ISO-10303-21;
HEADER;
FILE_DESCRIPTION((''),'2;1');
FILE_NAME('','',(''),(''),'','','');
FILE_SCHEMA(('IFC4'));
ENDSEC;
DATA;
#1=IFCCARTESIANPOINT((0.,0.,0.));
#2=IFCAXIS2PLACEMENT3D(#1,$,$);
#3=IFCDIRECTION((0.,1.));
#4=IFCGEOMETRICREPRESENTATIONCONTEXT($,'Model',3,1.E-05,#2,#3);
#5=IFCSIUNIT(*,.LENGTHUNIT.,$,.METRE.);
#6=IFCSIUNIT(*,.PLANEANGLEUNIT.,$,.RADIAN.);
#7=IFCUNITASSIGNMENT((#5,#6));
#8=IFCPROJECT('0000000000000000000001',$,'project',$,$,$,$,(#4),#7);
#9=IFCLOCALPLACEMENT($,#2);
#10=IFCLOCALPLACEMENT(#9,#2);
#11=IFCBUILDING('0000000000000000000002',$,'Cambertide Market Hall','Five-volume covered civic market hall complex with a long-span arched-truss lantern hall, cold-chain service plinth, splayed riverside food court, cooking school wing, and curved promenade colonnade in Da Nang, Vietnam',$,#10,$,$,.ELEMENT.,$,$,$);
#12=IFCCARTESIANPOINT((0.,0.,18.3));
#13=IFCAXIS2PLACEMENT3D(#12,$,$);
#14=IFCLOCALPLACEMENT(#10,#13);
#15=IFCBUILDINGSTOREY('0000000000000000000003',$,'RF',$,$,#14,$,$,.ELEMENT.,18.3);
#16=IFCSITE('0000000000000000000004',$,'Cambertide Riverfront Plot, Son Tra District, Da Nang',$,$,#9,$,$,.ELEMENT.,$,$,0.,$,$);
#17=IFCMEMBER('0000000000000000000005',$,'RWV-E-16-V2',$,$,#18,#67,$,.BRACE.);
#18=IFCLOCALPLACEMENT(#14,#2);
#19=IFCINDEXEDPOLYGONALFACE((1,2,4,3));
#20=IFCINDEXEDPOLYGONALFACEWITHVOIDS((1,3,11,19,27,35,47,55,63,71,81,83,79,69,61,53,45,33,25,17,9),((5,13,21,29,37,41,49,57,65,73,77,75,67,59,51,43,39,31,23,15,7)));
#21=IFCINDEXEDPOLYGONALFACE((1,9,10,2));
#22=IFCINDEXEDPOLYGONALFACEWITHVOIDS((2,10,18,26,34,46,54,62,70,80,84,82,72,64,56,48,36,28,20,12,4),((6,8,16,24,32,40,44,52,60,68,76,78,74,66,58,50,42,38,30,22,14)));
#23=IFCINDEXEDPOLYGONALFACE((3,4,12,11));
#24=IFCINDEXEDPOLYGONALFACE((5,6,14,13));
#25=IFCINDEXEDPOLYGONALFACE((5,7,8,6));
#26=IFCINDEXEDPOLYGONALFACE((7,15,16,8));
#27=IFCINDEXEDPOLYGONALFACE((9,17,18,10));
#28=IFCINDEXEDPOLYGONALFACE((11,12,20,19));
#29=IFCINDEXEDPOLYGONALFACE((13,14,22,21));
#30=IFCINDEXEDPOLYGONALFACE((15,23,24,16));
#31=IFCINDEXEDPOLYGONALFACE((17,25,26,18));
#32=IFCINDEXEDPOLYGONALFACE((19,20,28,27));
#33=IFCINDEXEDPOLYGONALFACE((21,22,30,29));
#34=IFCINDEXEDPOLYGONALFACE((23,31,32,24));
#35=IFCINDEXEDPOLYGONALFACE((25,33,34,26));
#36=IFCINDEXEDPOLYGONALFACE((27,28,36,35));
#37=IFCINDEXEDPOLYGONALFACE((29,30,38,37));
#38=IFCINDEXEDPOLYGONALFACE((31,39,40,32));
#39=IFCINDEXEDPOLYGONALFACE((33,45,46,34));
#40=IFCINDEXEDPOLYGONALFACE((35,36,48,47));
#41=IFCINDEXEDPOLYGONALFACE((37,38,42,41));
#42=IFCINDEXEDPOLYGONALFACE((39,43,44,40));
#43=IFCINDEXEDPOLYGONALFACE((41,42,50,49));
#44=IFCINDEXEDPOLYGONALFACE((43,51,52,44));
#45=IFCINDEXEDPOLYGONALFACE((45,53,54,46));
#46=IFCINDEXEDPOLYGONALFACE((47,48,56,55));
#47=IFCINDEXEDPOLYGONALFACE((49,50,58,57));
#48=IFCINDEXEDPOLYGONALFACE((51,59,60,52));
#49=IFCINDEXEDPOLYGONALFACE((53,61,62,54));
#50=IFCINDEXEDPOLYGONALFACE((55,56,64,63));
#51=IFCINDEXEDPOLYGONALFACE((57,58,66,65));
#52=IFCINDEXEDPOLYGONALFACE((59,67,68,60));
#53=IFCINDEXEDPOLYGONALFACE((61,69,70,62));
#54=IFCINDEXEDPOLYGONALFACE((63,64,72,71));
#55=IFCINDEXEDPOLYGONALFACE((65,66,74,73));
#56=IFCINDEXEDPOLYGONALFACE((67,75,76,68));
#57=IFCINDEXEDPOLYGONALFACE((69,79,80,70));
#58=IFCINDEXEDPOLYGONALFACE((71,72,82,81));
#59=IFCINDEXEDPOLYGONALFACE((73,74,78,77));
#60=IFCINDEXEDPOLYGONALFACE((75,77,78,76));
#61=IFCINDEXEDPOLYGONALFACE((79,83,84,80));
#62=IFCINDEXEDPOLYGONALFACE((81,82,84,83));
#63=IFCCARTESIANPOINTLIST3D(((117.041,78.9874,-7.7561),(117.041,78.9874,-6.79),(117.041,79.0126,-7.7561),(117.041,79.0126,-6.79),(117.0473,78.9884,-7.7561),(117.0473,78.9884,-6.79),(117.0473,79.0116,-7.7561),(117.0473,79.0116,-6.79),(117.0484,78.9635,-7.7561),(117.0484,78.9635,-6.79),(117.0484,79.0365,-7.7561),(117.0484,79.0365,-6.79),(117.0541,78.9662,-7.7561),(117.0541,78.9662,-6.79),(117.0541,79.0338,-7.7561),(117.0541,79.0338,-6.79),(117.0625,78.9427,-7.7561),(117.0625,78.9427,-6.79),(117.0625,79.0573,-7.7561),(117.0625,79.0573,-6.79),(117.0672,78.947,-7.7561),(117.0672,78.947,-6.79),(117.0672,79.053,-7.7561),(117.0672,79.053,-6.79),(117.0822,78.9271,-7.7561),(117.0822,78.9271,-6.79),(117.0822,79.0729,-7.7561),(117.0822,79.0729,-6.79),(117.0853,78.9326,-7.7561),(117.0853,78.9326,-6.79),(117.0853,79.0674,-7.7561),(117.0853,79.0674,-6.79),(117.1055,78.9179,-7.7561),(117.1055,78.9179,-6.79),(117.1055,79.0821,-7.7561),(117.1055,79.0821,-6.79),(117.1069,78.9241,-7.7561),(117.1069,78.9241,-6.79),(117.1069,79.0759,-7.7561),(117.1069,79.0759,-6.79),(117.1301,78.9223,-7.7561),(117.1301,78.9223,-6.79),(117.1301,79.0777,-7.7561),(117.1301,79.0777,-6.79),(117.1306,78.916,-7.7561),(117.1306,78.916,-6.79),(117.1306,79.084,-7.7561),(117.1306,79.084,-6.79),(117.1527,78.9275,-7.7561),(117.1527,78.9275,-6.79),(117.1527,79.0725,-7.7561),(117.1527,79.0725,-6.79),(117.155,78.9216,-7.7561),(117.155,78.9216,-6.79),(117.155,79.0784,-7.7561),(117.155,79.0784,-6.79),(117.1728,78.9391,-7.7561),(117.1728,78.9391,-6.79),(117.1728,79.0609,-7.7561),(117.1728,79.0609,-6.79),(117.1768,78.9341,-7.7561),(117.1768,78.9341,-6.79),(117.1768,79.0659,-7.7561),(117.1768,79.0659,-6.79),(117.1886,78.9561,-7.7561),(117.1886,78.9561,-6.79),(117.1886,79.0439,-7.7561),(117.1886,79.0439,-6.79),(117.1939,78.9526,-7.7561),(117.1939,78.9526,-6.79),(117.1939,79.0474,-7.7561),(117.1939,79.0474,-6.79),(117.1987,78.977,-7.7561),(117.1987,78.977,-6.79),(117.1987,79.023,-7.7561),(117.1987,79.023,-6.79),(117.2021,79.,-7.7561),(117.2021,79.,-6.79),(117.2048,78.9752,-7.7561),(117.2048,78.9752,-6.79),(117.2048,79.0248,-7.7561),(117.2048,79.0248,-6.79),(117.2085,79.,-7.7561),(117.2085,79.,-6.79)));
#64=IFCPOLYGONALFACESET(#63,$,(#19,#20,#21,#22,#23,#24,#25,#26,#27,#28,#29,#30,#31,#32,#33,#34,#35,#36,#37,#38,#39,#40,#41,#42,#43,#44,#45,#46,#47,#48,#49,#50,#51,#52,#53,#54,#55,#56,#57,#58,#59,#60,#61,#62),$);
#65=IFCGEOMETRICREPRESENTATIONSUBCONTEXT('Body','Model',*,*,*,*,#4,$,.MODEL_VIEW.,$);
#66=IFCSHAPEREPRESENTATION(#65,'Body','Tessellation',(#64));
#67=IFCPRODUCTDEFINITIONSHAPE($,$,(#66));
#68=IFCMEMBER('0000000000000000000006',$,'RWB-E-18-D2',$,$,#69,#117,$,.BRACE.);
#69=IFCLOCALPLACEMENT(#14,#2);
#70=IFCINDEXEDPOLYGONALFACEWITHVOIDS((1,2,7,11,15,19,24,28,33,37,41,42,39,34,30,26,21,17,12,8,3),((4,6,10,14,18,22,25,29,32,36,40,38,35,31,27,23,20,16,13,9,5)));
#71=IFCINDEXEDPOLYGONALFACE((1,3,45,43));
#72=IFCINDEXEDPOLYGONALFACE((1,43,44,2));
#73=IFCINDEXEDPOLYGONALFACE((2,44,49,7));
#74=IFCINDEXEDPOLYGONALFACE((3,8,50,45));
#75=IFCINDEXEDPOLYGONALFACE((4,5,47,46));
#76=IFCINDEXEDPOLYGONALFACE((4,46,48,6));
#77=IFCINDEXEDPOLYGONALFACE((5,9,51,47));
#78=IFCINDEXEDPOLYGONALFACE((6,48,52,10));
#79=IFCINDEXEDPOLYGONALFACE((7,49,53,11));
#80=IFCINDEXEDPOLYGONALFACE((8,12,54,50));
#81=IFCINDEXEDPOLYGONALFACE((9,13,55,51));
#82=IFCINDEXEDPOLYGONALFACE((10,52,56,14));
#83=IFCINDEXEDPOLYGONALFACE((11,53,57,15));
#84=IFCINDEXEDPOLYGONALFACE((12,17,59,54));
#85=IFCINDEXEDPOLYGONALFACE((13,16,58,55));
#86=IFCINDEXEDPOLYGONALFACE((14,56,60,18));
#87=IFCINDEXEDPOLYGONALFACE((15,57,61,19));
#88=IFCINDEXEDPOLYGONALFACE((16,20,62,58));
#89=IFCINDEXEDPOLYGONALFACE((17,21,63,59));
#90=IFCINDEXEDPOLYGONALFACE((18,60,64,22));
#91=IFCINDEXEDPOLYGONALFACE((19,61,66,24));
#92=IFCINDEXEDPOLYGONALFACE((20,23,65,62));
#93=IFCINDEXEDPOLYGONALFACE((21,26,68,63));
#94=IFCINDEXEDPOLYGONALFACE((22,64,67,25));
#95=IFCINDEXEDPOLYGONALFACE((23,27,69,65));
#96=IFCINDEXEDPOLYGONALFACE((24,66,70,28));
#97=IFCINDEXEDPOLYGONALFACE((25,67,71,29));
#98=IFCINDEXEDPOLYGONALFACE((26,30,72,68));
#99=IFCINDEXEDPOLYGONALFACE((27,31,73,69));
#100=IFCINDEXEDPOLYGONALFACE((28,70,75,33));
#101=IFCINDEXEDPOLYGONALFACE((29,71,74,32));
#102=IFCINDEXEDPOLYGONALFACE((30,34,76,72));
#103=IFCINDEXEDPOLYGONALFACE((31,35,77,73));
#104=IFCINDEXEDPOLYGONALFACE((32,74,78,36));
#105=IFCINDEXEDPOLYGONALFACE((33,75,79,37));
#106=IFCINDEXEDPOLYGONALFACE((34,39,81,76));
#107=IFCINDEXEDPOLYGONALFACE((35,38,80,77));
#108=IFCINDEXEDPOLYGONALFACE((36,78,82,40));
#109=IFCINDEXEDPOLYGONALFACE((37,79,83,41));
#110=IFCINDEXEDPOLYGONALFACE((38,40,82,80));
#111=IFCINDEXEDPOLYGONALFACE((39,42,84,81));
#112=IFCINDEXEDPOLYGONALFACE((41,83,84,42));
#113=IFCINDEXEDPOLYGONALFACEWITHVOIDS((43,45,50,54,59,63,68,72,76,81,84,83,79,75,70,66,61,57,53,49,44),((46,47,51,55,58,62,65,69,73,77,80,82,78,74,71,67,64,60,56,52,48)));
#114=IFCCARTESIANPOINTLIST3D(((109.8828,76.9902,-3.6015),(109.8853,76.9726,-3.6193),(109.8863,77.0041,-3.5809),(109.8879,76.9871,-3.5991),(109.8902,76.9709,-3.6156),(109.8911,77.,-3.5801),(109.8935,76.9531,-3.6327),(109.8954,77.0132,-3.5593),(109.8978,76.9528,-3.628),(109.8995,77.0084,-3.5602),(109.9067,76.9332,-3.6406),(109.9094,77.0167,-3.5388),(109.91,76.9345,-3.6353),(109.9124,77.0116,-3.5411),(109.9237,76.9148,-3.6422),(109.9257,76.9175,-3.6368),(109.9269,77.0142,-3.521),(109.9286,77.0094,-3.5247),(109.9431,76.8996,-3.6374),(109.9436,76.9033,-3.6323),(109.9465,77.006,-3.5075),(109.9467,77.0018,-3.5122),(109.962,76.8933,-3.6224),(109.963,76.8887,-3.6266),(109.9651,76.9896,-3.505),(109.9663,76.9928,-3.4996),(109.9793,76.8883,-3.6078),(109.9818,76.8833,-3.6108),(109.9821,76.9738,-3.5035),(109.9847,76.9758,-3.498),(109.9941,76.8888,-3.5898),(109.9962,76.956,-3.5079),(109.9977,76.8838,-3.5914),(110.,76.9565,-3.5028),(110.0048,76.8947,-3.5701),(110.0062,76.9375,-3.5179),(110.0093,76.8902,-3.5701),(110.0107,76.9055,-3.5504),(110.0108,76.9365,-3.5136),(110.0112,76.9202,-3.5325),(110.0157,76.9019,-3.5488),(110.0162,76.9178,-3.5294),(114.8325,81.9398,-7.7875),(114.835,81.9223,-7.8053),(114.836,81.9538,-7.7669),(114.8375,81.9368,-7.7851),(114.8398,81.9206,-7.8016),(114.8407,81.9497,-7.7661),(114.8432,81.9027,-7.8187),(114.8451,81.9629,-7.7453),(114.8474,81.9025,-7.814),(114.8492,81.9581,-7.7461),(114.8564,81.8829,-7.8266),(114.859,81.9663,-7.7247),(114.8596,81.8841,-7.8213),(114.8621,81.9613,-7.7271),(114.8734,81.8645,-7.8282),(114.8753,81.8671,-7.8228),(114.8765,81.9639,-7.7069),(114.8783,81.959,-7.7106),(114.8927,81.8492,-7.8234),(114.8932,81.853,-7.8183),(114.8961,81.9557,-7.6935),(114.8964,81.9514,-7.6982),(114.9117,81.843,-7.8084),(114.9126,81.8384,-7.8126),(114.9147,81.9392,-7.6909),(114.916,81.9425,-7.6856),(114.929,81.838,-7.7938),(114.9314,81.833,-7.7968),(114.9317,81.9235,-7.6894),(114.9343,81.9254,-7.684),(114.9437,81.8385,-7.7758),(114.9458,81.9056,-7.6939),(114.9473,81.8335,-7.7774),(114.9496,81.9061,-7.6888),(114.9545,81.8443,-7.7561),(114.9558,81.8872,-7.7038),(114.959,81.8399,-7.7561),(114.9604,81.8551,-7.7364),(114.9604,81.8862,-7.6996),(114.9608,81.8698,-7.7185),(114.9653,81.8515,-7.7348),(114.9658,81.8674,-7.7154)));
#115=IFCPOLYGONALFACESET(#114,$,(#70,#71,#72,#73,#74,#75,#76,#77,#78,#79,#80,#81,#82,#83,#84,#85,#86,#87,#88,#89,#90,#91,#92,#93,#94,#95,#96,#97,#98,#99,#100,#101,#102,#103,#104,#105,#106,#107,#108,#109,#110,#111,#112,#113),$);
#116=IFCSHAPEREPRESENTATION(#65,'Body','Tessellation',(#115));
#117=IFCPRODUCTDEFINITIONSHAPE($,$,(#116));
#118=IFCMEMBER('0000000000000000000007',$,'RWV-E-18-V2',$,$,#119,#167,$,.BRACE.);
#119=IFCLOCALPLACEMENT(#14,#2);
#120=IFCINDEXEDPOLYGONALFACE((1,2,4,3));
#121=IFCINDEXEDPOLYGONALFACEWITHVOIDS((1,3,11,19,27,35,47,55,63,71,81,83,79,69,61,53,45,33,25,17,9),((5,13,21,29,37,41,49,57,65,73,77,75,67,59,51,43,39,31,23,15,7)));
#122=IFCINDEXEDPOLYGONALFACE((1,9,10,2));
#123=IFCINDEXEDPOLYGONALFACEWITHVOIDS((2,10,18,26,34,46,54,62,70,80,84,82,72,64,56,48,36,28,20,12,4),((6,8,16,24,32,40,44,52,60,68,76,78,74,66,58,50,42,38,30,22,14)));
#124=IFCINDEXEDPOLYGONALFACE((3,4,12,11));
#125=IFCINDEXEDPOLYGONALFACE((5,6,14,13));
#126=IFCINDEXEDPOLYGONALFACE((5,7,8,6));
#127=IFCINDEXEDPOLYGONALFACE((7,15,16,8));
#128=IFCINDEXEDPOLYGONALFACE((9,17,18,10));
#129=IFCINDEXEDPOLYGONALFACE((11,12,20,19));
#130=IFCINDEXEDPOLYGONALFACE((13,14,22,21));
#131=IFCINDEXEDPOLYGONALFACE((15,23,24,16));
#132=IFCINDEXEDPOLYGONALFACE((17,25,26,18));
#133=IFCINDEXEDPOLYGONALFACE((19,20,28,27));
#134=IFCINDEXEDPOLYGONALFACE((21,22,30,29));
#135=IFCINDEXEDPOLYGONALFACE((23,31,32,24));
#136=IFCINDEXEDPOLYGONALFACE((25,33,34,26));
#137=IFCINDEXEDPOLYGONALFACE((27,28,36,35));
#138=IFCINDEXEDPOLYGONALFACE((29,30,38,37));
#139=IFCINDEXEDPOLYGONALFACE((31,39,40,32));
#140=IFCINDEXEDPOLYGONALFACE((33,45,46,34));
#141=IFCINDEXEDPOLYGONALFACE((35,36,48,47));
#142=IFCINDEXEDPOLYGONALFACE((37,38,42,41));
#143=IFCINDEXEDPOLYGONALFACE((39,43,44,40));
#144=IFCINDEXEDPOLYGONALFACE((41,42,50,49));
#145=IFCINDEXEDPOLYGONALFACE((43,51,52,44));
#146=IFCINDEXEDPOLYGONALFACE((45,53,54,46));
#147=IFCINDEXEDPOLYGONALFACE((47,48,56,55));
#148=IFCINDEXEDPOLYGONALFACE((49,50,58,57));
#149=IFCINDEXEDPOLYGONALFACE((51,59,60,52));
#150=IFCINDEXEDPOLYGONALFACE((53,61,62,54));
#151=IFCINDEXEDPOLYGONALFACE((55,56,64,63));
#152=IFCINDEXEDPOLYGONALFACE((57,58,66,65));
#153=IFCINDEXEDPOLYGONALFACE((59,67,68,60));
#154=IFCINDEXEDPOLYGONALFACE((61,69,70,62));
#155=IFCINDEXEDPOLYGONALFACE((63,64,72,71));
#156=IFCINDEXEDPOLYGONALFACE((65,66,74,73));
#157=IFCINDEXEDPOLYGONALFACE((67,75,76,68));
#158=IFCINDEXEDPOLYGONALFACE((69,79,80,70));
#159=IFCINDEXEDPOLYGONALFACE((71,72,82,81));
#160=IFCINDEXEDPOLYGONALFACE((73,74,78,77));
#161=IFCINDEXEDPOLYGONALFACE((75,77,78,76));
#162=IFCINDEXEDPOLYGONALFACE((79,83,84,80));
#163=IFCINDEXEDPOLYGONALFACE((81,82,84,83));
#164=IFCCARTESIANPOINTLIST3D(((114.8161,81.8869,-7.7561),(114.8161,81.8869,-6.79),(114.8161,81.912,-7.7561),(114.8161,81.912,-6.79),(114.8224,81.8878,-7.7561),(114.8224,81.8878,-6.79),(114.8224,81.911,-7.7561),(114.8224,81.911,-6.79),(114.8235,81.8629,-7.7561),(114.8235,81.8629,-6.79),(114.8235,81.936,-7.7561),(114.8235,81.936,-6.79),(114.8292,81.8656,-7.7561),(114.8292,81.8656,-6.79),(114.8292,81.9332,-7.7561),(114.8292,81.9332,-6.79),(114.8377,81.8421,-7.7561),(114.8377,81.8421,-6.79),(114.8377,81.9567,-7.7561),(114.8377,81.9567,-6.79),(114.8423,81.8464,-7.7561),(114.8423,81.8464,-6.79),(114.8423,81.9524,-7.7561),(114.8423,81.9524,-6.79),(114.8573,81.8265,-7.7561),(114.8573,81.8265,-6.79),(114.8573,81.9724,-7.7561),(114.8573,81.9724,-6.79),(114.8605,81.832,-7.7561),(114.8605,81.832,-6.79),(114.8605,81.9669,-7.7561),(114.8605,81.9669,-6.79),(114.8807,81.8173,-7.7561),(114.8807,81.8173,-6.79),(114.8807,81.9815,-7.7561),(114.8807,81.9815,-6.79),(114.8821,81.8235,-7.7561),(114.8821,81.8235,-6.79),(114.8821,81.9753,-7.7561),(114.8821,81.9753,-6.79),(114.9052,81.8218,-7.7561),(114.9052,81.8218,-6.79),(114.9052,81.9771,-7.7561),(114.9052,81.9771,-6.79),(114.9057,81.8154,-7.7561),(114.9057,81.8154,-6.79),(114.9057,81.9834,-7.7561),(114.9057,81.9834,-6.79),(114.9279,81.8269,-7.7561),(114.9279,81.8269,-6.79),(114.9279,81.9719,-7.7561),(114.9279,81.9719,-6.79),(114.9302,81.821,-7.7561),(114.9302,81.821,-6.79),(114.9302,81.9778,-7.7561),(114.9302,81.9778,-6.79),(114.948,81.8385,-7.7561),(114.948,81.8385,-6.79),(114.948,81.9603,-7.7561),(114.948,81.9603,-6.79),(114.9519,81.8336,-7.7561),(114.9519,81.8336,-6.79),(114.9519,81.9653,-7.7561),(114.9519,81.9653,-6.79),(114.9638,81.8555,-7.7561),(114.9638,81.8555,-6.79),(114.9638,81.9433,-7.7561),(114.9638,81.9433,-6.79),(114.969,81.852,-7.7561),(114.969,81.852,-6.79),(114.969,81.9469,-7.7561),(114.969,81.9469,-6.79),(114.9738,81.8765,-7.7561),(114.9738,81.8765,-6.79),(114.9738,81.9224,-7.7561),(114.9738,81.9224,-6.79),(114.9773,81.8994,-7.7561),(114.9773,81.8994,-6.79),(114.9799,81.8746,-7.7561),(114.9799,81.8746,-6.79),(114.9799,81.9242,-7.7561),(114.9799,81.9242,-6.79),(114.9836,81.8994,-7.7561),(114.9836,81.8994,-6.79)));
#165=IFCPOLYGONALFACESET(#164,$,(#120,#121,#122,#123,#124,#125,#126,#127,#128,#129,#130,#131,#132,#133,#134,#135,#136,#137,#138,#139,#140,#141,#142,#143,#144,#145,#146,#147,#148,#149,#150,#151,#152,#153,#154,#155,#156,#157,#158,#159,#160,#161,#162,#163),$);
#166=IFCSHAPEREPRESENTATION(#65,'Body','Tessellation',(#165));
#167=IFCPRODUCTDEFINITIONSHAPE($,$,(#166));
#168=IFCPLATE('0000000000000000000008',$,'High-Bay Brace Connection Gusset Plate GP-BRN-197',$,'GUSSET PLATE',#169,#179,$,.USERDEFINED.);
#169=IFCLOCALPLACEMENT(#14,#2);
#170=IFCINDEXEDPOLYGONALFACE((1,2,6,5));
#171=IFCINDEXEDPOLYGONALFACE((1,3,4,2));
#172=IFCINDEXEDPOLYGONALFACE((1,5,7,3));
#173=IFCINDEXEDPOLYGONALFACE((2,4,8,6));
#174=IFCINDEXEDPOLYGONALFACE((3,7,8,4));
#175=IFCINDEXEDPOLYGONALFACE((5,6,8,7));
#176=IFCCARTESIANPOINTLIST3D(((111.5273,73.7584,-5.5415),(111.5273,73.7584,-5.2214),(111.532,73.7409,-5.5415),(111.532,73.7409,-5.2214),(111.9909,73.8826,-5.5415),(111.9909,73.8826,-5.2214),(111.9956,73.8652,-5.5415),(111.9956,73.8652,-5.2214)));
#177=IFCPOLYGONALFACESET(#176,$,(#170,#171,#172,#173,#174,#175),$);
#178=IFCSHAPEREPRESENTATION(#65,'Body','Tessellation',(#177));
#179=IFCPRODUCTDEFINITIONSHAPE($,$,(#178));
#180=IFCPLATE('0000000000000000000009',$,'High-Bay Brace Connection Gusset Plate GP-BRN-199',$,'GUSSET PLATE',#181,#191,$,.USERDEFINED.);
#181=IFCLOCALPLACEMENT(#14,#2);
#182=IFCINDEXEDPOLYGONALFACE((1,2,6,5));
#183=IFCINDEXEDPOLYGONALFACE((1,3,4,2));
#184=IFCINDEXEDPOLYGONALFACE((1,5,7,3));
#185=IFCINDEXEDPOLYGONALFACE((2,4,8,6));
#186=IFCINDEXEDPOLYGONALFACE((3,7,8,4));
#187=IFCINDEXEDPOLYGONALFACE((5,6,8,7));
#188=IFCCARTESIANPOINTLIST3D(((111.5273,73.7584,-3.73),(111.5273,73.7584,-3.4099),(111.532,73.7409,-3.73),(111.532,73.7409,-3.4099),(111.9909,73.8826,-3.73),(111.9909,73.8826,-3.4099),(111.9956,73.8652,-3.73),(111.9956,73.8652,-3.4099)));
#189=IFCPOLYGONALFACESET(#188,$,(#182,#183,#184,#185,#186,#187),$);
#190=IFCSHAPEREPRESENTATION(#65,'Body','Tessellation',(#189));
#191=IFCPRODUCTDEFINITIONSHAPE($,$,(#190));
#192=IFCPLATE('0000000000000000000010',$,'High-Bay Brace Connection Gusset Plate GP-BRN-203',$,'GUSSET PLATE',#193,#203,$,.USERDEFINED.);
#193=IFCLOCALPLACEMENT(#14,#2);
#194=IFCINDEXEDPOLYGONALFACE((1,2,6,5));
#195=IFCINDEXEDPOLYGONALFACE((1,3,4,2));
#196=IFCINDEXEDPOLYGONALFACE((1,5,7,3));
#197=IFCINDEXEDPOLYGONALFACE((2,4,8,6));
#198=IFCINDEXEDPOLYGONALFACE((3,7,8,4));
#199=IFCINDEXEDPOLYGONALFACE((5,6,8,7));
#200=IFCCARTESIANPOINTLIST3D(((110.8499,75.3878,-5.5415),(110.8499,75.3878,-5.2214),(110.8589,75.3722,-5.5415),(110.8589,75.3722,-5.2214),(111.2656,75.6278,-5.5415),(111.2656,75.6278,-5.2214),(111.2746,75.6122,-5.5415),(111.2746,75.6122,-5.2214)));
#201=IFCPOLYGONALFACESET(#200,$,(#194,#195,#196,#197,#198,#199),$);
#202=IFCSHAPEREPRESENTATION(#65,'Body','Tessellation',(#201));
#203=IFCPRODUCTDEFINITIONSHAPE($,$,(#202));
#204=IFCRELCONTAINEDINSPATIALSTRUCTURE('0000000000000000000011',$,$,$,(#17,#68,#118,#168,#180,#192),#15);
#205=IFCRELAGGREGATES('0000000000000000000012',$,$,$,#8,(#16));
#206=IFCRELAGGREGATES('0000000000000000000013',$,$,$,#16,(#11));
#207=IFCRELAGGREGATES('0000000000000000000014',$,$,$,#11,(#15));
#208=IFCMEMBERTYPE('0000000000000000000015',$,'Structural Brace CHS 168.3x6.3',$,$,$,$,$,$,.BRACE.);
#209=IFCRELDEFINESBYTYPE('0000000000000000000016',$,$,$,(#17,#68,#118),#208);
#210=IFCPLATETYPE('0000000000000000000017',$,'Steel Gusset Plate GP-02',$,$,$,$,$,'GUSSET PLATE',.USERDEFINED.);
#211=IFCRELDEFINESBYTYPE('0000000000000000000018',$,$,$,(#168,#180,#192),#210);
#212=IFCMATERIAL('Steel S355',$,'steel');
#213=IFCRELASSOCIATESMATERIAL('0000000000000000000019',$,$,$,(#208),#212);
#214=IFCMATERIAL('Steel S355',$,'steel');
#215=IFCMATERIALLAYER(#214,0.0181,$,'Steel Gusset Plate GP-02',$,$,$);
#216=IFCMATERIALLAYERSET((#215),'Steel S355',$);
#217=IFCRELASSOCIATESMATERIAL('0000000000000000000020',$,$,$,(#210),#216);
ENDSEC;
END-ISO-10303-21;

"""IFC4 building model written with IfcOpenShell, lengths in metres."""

from ifc_helpers import new_model, si_unit, direction, frame, origin, origin_2d, place, context, subcontext, project, spatial, rectangle, hollow_circle, extrude, material, layer, layer_set, material_profile, profile_set, type_object, element, save


model = new_model("IFC4")

# Units and contexts
model_context = context("Model", 3, precision=1e-05, world=origin(), true_north=direction((0.0, 1.0)))
body_context = subcontext(model_context, "Body", "Model", "MODEL_VIEW")
ifc_project = project(units=[si_unit("LENGTHUNIT", "METRE"), si_unit("PLANEANGLEUNIT", "RADIAN")], contexts=[model_context])

# Site, building, storey
site_placement = place(None, origin())
site = spatial("IfcSite", under=ifc_project, at=site_placement, Name="Cambertide Riverfront Plot, Son Tra District, Da Nang", CompositionType="ELEMENT", RefElevation=0.0)
building_placement = place(site_placement, origin())
building = spatial("IfcBuilding", under=site, at=building_placement, Name="Cambertide Market Hall", Description="Five-volume covered civic market hall complex with a long-span arched-truss lantern hall, cold-chain service plinth, splayed riverside food court, cooking school wing, and curved promenade colonnade in Da Nang, Vietnam", CompositionType="ELEMENT")
storey_placement = place(building_placement, frame((0.0, 0.0, 18.3)))
storey = spatial("IfcBuildingStorey", under=building, at=storey_placement, Name="RF", CompositionType="ELEMENT", Elevation=18.3)

# Members
ifc_material_1 = material(Name="Steel S355", Category="steel")
ifc_material_profile_1 = material_profile(ifc_material_1, hollow_circle(Radius=0.0842, WallThickness=0.0063, at=origin_2d()), Name="CHS 168.3x6.3")
ifc_profile_set_1 = profile_set([ifc_material_profile_1], Name="Steel S355")
member_type_1 = type_object("IfcMemberType", Name="Structural Brace CHS 168.3x6.3", PredefinedType="BRACE", material=ifc_profile_set_1)
member_1_placement = place(storey_placement, frame((117.1243, 79.0, -7.7561), z_axis=(0.0, 0.0, 1.0), x_axis=(1.0, 0.0, 0.0)))
element("IfcMember", 1, at=member_1_placement, inside=storey, type_object=member_type_1, Name="RWV-E-16-V2", PredefinedType="BRACE", context=body_context, shape_type="SweptSolid", body=[
    extrude(hollow_circle(Radius=0.0842, WallThickness=0.0063, at=origin_2d()), origin(), (0.0, 0.0, 1.0), 0.9661),
])
member_2_placement = place(storey_placement, frame((114.8994, 81.8994, -7.7561), z_axis=(-0.606871, -0.606871, 0.513239), x_axis=(0.707107, -0.707107, 0.0)))
element("IfcMember", 2, at=member_2_placement, inside=storey, type_object=member_type_1, Name="RWB-E-18-D2", PredefinedType="BRACE", context=body_context, shape_type="SweptSolid", body=[
    extrude(hollow_circle(Radius=0.0842, WallThickness=0.0063, at=origin_2d()), origin(), (0.0, 0.0, 1.0), 8.156),
])
member_3_placement = place(storey_placement, frame((114.8994, 81.8994, -7.7561), z_axis=(0.0, 0.0, 1.0), x_axis=(1.0, 0.0, 0.0)))
element("IfcMember", 3, at=member_3_placement, inside=storey, type_object=member_type_1, Name="RWV-E-18-V2", PredefinedType="BRACE", context=body_context, shape_type="SweptSolid", body=[
    extrude(hollow_circle(Radius=0.0842, WallThickness=0.0063, at=origin_2d()), origin(), (0.0, 0.0, 1.0), 0.9661),
])

# Plates
ifc_material_2 = material(Name="Steel S355", Category="steel")
ifc_layer = layer(ifc_material_2, 0.0181, Name="Steel Gusset Plate GP-02")
ifc_layer_set = layer_set([ifc_layer], Name="Steel S355")
plate_type = type_object("IfcPlateType", Name="Steel Gusset Plate GP-02", ElementType="GUSSET PLATE", PredefinedType="USERDEFINED", material=ifc_layer_set)
for number, where, z_axis, x_axis, name in (
    (4, (111.7615, 73.8118, -5.5415), (0.0, 0.0, 1.0), (-0.965926, -0.258819, 0.0), "High-Bay Brace Connection Gusset Plate GP-BRN-197"),
    (5, (111.7615, 73.8118, -3.73), (0.0, 0.0, 1.0), (-0.965926, -0.258819, 0.0), "High-Bay Brace Connection Gusset Plate GP-BRN-199"),
    (6, (111.0623, 75.5, -5.5415), (0.0, 0.0, 1.0), (-0.866025, -0.5, 0.0), "High-Bay Brace Connection Gusset Plate GP-BRN-203"),
):
    element("IfcPlate", number, at=place(storey_placement, frame(where, z_axis=z_axis, x_axis=x_axis)), inside=storey, type_object=plate_type, Name=name, ObjectType="GUSSET PLATE", PredefinedType="USERDEFINED", context=body_context, shape_type="SweptSolid", body=[
        extrude(rectangle(XDim=0.48, YDim=0.0181, at=origin_2d()), origin(), (0.0, 0.0, 1.0), 0.3201),
    ])

save(model, "model.ifc")
